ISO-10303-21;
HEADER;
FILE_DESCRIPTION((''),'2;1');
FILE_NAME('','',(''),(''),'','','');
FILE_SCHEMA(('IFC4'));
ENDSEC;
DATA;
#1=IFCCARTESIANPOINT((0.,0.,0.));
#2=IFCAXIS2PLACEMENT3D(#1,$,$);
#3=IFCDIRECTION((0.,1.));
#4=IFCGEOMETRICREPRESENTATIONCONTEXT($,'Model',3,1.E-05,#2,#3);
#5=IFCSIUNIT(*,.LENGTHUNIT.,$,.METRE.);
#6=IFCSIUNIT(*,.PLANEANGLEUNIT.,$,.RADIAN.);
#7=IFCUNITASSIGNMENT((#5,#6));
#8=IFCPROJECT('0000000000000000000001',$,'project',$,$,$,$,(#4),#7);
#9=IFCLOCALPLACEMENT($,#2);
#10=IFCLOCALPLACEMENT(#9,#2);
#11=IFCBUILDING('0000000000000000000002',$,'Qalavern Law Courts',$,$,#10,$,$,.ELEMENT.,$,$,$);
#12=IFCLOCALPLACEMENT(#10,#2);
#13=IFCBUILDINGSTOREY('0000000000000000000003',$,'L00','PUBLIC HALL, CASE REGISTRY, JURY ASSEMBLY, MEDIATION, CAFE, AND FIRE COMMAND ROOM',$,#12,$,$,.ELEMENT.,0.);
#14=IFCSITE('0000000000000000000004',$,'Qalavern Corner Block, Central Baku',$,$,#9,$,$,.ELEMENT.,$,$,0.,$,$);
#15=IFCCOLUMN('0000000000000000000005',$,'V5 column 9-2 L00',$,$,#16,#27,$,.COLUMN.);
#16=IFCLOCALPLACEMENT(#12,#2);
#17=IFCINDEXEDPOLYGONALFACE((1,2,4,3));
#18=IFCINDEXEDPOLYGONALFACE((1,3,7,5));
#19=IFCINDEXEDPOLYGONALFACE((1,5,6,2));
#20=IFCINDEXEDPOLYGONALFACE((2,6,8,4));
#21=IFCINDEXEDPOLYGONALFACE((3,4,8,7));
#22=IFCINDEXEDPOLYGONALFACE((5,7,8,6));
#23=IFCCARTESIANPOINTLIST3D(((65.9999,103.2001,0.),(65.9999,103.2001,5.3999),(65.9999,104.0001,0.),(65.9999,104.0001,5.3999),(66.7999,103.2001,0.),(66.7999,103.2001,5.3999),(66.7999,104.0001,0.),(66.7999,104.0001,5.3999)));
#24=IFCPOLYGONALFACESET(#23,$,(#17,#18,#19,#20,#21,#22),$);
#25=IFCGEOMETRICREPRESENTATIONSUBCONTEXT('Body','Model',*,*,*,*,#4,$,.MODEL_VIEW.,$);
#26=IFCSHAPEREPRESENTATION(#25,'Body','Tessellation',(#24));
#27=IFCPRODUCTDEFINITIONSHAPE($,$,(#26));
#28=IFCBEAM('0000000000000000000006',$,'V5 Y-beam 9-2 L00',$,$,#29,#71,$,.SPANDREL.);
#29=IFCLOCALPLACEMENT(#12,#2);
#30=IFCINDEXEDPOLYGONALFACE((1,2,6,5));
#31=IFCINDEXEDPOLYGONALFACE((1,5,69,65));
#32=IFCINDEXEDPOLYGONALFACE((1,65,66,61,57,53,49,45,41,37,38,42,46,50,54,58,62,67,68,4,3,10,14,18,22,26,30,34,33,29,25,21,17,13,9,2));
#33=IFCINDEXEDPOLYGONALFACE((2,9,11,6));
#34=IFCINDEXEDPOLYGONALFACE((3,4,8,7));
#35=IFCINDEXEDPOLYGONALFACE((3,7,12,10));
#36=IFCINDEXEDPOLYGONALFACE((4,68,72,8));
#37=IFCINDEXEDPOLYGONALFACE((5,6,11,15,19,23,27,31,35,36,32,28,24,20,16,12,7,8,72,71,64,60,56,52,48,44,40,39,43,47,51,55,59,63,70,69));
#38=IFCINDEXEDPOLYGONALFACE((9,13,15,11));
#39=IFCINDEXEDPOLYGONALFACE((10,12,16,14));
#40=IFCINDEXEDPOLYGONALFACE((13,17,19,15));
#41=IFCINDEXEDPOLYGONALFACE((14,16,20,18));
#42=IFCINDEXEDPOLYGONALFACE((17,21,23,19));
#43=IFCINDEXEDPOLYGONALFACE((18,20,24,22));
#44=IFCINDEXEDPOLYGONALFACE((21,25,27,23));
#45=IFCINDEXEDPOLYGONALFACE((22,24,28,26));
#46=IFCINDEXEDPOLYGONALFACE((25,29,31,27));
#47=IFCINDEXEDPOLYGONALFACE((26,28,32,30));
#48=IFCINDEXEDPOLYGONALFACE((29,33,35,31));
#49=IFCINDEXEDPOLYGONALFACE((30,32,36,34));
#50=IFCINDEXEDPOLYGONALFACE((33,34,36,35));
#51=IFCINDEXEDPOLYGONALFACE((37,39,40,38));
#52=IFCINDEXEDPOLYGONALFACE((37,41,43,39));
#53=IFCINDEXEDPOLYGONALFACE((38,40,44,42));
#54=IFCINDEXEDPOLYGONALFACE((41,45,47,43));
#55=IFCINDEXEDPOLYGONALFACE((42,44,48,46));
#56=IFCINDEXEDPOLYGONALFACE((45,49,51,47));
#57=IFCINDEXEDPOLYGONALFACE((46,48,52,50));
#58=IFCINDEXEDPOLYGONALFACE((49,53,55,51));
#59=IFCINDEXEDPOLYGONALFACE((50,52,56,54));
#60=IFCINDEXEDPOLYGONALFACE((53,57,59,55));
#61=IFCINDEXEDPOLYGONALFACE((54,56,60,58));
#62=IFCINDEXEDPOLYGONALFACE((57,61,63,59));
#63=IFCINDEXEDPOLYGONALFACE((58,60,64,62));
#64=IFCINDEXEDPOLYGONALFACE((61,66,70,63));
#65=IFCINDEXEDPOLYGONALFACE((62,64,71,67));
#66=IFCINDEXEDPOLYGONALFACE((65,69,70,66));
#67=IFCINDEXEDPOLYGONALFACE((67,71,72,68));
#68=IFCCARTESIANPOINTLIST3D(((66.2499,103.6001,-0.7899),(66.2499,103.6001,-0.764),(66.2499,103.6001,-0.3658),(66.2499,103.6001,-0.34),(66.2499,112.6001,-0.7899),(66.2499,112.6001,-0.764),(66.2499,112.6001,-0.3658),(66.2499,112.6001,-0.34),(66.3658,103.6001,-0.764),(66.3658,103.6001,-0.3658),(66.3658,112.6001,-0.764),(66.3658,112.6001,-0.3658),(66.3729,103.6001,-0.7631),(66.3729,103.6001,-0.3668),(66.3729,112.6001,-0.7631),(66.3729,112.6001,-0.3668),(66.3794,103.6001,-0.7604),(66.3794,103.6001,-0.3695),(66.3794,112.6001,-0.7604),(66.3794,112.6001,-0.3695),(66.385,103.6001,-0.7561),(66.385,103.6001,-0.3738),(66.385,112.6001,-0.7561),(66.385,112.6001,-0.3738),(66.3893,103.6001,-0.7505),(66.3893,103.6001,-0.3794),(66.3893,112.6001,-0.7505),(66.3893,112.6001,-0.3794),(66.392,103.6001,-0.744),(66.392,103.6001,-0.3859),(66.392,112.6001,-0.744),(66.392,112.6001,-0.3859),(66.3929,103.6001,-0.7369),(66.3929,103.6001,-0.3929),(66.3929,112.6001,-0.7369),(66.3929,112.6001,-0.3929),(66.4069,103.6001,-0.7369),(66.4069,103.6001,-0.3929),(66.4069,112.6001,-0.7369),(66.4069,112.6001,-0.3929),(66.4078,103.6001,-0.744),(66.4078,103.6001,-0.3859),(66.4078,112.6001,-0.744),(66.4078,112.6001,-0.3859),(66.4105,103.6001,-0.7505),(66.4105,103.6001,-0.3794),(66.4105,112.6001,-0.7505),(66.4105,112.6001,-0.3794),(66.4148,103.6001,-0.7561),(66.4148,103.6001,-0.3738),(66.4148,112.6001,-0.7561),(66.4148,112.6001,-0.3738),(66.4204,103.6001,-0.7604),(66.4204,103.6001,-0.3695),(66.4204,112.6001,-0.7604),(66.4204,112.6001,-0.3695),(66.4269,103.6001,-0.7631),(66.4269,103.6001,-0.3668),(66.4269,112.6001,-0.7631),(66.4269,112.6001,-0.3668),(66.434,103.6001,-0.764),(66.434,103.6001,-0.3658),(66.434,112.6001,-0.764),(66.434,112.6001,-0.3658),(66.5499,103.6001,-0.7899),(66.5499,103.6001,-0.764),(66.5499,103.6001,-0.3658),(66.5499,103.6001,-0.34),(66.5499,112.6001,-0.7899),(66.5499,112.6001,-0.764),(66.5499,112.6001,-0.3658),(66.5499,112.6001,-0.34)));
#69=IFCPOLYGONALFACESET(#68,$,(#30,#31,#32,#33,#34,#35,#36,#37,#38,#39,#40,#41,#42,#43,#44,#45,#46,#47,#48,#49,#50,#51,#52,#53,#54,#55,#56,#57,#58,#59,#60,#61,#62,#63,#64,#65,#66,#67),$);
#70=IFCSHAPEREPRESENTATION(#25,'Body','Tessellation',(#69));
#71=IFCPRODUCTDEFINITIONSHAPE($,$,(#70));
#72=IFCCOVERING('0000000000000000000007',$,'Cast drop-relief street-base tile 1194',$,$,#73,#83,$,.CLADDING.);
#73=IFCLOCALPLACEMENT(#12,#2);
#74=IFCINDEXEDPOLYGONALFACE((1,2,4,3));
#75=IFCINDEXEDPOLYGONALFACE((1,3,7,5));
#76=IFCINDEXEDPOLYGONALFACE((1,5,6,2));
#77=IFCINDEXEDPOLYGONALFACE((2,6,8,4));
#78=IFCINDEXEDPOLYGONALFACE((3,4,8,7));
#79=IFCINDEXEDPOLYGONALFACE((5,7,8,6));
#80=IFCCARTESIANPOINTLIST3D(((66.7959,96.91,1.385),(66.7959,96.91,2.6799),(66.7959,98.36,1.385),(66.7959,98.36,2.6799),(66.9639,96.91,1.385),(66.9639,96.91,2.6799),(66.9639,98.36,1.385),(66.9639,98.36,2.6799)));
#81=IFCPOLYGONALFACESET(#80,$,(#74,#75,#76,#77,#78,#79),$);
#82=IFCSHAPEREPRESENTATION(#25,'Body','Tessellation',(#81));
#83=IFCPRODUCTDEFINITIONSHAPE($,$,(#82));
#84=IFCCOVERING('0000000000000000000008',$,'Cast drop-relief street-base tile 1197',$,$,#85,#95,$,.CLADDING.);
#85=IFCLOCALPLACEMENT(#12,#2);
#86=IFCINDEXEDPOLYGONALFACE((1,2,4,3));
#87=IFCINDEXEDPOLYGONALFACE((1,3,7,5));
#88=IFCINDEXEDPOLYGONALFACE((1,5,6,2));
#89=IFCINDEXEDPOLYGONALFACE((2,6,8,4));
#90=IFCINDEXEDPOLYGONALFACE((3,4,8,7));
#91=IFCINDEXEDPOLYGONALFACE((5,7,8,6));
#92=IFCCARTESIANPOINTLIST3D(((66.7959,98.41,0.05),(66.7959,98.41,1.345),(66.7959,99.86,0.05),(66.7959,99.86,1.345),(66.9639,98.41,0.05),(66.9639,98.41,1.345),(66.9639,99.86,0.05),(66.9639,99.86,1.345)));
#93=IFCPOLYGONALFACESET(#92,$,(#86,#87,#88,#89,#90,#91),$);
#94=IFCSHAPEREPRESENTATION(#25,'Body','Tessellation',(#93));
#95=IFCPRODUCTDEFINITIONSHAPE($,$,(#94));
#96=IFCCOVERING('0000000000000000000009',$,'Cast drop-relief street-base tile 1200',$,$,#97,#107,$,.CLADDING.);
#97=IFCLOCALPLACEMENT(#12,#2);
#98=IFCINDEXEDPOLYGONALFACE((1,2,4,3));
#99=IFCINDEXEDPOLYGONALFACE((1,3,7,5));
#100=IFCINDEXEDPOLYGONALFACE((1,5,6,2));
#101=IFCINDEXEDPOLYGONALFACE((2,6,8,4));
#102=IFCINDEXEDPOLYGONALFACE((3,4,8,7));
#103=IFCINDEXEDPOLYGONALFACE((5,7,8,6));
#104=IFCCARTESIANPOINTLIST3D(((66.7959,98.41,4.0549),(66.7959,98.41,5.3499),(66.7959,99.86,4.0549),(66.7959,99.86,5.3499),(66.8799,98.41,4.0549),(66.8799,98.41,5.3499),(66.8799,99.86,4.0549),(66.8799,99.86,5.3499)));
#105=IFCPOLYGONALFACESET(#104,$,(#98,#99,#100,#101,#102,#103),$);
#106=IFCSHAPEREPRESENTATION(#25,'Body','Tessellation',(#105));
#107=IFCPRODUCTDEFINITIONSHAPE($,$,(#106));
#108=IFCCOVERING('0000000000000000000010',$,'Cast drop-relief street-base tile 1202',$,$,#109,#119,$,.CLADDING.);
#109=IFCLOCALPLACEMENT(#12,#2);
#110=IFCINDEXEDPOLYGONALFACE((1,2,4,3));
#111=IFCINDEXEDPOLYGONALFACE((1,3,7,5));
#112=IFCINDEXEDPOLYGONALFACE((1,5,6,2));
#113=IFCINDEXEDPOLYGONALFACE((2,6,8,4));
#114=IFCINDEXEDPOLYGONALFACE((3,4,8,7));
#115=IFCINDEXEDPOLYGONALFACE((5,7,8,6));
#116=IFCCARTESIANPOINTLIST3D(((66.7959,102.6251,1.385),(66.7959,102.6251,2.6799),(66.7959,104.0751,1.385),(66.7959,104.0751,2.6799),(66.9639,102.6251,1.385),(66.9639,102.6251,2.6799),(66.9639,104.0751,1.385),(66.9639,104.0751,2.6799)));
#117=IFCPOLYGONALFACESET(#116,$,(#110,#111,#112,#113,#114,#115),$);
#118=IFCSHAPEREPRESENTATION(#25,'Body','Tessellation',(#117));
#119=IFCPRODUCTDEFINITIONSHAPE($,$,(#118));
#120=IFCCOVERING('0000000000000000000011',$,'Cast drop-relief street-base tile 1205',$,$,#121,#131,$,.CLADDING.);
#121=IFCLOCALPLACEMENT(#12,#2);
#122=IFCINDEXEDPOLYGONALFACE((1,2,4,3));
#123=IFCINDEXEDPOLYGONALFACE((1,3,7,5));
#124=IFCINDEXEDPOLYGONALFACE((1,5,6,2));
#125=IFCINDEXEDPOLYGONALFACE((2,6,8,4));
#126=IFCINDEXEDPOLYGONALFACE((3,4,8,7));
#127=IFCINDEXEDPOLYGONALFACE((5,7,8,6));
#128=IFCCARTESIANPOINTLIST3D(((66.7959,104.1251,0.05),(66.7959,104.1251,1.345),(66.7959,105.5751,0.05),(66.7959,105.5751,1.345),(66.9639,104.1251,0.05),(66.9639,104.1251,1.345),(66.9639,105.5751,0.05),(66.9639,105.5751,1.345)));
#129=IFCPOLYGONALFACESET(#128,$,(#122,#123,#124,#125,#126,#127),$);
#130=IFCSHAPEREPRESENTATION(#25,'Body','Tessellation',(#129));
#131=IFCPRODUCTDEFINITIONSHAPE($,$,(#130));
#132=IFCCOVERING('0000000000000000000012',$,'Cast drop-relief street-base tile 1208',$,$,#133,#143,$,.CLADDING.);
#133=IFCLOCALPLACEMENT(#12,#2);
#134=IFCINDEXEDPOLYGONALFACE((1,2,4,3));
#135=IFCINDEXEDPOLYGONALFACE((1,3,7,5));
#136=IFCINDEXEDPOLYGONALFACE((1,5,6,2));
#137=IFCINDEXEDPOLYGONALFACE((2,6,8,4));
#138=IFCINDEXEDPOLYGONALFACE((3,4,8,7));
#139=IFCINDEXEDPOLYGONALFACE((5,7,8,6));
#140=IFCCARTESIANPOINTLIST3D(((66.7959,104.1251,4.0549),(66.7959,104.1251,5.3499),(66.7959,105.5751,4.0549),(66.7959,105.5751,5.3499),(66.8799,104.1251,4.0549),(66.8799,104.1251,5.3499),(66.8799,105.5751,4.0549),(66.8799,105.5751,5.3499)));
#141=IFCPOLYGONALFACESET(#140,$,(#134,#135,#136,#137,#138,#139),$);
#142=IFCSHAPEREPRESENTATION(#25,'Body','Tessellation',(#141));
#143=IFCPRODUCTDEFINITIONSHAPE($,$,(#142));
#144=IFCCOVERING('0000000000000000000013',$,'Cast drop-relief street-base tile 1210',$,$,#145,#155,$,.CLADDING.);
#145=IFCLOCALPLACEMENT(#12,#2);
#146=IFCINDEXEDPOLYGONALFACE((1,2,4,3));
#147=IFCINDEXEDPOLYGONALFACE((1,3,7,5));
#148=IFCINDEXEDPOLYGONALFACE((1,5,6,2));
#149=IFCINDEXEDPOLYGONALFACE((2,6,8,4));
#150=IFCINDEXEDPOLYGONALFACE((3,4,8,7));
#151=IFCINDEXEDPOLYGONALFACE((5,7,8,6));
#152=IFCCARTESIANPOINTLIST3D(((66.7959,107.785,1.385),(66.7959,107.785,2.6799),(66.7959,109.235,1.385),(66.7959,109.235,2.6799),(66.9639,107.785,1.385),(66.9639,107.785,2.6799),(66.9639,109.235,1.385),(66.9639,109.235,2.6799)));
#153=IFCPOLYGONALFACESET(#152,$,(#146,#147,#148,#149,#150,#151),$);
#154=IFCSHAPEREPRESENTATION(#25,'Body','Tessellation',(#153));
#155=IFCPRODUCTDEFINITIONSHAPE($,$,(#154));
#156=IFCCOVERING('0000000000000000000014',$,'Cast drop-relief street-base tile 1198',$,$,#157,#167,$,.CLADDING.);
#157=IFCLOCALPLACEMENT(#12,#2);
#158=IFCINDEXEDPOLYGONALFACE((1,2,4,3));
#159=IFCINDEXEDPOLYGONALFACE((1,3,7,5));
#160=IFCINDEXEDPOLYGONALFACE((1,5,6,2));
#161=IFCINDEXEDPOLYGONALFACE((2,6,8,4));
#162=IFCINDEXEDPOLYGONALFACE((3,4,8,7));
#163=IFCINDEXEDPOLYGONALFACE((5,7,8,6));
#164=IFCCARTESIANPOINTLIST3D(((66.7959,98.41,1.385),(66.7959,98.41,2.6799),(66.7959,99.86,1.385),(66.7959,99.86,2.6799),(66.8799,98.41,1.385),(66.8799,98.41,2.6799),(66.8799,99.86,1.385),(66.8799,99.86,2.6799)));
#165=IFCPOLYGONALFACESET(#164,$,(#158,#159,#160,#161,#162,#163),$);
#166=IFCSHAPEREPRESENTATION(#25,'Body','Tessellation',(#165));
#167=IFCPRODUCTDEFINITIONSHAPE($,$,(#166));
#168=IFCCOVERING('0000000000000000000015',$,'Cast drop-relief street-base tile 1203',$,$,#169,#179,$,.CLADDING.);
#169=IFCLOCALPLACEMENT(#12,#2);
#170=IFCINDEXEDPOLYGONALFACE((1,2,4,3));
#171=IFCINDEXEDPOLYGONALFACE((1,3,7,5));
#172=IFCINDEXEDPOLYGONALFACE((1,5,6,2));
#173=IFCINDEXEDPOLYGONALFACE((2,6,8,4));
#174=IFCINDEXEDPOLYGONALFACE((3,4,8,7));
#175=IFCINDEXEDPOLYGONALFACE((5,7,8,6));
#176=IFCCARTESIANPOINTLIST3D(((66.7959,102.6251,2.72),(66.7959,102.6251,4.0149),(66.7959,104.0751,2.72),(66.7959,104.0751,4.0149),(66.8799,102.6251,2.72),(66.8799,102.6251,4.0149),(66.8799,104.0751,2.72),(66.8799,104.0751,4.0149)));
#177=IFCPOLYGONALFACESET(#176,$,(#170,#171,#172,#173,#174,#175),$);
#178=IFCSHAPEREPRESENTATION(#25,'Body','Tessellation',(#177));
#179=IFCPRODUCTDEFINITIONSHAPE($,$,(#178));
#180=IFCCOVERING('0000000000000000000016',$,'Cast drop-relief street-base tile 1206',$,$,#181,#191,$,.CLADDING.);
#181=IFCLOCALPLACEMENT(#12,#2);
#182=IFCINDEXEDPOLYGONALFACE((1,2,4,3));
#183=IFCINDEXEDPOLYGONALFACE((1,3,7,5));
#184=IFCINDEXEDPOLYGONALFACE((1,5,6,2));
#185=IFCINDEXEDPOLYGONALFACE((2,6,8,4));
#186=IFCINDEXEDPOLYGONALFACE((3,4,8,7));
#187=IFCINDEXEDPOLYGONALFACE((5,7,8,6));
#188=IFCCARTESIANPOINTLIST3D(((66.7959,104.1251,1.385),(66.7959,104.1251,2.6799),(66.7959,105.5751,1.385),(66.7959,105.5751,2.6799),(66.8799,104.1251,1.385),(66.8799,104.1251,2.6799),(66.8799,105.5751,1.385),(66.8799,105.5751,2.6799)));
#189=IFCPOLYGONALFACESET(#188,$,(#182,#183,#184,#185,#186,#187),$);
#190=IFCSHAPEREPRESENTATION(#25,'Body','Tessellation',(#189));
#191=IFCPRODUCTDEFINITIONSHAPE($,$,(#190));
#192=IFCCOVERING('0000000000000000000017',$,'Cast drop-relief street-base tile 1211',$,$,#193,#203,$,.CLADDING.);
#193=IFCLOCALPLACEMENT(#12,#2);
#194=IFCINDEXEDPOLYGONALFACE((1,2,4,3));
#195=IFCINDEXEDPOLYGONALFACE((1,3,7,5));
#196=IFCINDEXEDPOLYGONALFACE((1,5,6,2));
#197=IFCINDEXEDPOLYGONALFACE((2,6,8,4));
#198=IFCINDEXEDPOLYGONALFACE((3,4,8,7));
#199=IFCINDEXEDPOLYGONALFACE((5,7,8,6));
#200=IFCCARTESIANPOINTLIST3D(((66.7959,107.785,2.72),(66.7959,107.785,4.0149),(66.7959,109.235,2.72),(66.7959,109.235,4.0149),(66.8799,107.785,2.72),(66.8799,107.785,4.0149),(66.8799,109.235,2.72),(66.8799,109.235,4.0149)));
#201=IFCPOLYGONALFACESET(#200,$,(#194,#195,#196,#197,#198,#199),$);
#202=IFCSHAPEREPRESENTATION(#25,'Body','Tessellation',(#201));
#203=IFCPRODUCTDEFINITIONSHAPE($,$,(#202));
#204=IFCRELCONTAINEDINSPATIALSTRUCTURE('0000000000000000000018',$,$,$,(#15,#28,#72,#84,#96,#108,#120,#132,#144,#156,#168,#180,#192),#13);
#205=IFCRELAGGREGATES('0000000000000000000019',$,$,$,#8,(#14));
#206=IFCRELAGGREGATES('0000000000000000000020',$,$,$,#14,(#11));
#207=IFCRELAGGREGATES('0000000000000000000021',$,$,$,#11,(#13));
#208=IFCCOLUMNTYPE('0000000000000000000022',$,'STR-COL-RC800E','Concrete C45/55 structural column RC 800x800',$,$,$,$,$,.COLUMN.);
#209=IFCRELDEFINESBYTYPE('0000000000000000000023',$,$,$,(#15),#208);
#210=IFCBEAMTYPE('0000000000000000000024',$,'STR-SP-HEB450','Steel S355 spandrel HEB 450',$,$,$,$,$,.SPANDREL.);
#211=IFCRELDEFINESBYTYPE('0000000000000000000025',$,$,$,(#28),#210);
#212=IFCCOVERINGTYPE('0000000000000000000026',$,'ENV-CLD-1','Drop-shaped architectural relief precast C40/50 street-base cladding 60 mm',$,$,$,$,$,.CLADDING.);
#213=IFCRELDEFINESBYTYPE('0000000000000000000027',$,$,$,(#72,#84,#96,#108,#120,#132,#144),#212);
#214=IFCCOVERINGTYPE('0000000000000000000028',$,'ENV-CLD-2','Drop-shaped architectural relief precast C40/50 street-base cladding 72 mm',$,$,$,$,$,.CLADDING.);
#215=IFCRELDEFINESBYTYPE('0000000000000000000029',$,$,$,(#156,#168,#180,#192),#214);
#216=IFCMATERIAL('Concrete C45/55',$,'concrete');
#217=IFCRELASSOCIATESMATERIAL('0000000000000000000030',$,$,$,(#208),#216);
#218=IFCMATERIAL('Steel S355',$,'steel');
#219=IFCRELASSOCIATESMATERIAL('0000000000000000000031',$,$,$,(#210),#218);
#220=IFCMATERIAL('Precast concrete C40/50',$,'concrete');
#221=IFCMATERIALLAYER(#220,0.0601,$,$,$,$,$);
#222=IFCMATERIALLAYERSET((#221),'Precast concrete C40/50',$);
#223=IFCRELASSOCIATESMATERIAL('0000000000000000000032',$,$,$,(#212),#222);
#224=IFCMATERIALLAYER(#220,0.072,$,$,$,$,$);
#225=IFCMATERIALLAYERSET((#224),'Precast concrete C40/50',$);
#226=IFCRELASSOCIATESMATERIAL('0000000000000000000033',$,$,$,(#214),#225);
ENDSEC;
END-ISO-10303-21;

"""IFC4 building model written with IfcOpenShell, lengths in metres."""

from ifc_helpers import new_model, si_unit, direction, frame, origin, origin_2d, place, context, subcontext, project, spatial, rectangle, i_section, extrude, material, layer, layer_set, material_profile, profile_set, type_object, element, save


model = new_model("IFC4")

# Units and contexts
model_context = context("Model", 3, precision=1e-05, world=origin(), true_north=direction((0.0, 1.0)))
body_context = subcontext(model_context, "Body", "Model", "MODEL_VIEW")
ifc_project = project(units=[si_unit("LENGTHUNIT", "METRE"), si_unit("PLANEANGLEUNIT", "RADIAN")], contexts=[model_context])

# Site, building, storey
site_placement = place(None, origin())
site = spatial("IfcSite", under=ifc_project, at=site_placement, Name="Qalavern Corner Block, Central Baku", CompositionType="ELEMENT", RefElevation=0.0)
building_placement = place(site_placement, origin())
building = spatial("IfcBuilding", under=site, at=building_placement, Name="Qalavern Law Courts", CompositionType="ELEMENT")
storey_placement = place(building_placement, origin())
storey = spatial("IfcBuildingStorey", under=building, at=storey_placement, Name="L00", Description="PUBLIC HALL, CASE REGISTRY, JURY ASSEMBLY, MEDIATION, CAFE, AND FIRE COMMAND ROOM", CompositionType="ELEMENT", Elevation=0.0)

# Column
ifc_material_1 = material(Name="Concrete C45/55", Category="concrete")
ifc_material_profile_1 = material_profile(ifc_material_1, rectangle(XDim=0.8, YDim=0.8, at=origin_2d()), Name="RC 800x800")
ifc_profile_set_1 = profile_set([ifc_material_profile_1], Name="Concrete C45/55")
column_type = type_object("IfcColumnType", Name="STR-COL-RC800E", Description="Concrete C45/55 structural column RC 800x800", PredefinedType="COLUMN", material=ifc_profile_set_1)
column_placement = place(storey_placement, frame((66.3999, 103.6001, 0.0), z_axis=(0.0, 0.0, 1.0), x_axis=(1.0, 0.0, 0.0)))
element("IfcColumn", 1, at=column_placement, inside=storey, type_object=column_type, Name="V5 column 9-2 L00", PredefinedType="COLUMN", context=body_context, shape_type="SweptSolid", body=[
    extrude(rectangle(XDim=0.8, YDim=0.8, at=origin_2d()), origin(), (0.0, 0.0, 1.0), 5.3999),
])

# Beam
ifc_material_2 = material(Name="Steel S355", Category="steel")
ifc_material_profile_2 = material_profile(ifc_material_2, i_section(OverallWidth=0.3, OverallDepth=0.45, WebThickness=0.0139, FlangeThickness=0.0259, FilletRadius=0.0271, at=origin_2d()), Name="HEB 450")
ifc_profile_set_2 = profile_set([ifc_material_profile_2], Name="Steel S355")
beam_type = type_object("IfcBeamType", Name="STR-SP-HEB450", Description="Steel S355 spandrel HEB 450", PredefinedType="SPANDREL", material=ifc_profile_set_2)
beam_placement = place(storey_placement, frame((66.3999, 103.6001, -0.5649), z_axis=(0.0, 1.0, 0.0), x_axis=(-1.0, 0.0, 0.0)))
element("IfcBeam", 2, at=beam_placement, inside=storey, type_object=beam_type, Name="V5 Y-beam 9-2 L00", PredefinedType="SPANDREL", context=body_context, shape_type="SweptSolid", body=[
    extrude(i_section(OverallWidth=0.3, OverallDepth=0.45, WebThickness=0.0139, FlangeThickness=0.0259, FilletRadius=0.0271, at=origin_2d()), origin(), (0.0, 0.0, 1.0), 9.0),
])

# Coverings
ifc_material_3 = material(Name="Precast concrete C40/50", Category="concrete")
ifc_layer_1 = layer(ifc_material_3, 0.0601)
ifc_layer_set_1 = layer_set([ifc_layer_1], Name="Precast concrete C40/50")
covering_type_1 = type_object("IfcCoveringType", Name="ENV-CLD-1", Description="Drop-shaped architectural relief precast C40/50 street-base cladding 60 mm", PredefinedType="CLADDING", material=ifc_layer_set_1)
for number, where, z_axis, x_axis, name in (
    (3, (66.8799, 97.635, 1.385), (0.0, 0.0, 1.0), (0.0, 1.0, 0.0), "Cast drop-relief street-base tile 1194"),
    (4, (66.8799, 99.135, 0.05), (0.0, 0.0, 1.0), (0.0, 1.0, 0.0), "Cast drop-relief street-base tile 1197"),
):
    element("IfcCovering", number, at=place(storey_placement, frame(where, z_axis=z_axis, x_axis=x_axis)), inside=storey, type_object=covering_type_1, Name=name, PredefinedType="CLADDING", context=body_context, shape_type="SweptSolid", body=[
        extrude(rectangle(XDim=1.45, YDim=0.168, at=origin_2d()), origin(), (0.0, 0.0, 1.0), 1.2949),
    ])
covering_1_placement = place(storey_placement, frame((66.8379, 99.135, 4.0549), z_axis=(0.0, 0.0, 1.0), x_axis=(0.0, 1.0, 0.0)))
element("IfcCovering", 5, at=covering_1_placement, inside=storey, type_object=covering_type_1, Name="Cast drop-relief street-base tile 1200", PredefinedType="CLADDING", context=body_context, shape_type="SweptSolid", body=[
    extrude(rectangle(XDim=1.45, YDim=0.084, at=origin_2d()), origin(), (0.0, 0.0, 1.0), 1.2949),
])
for number, where, z_axis, x_axis, name in (
    (6, (66.8799, 103.3501, 1.385), (0.0, 0.0, 1.0), (0.0, 1.0, 0.0), "Cast drop-relief street-base tile 1202"),
    (7, (66.8799, 104.8501, 0.05), (0.0, 0.0, 1.0), (0.0, 1.0, 0.0), "Cast drop-relief street-base tile 1205"),
):
    element("IfcCovering", number, at=place(storey_placement, frame(where, z_axis=z_axis, x_axis=x_axis)), inside=storey, type_object=covering_type_1, Name=name, PredefinedType="CLADDING", context=body_context, shape_type="SweptSolid", body=[
        extrude(rectangle(XDim=1.45, YDim=0.168, at=origin_2d()), origin(), (0.0, 0.0, 1.0), 1.2949),
    ])
covering_2_placement = place(storey_placement, frame((66.8379, 104.8501, 4.0549), z_axis=(0.0, 0.0, 1.0), x_axis=(0.0, 1.0, 0.0)))
element("IfcCovering", 8, at=covering_2_placement, inside=storey, type_object=covering_type_1, Name="Cast drop-relief street-base tile 1208", PredefinedType="CLADDING", context=body_context, shape_type="SweptSolid", body=[
    extrude(rectangle(XDim=1.45, YDim=0.084, at=origin_2d()), origin(), (0.0, 0.0, 1.0), 1.2949),
])
covering_3_placement = place(storey_placement, frame((66.8799, 108.51, 1.385), z_axis=(0.0, 0.0, 1.0), x_axis=(0.0, 1.0, 0.0)))
element("IfcCovering", 9, at=covering_3_placement, inside=storey, type_object=covering_type_1, Name="Cast drop-relief street-base tile 1210", PredefinedType="CLADDING", context=body_context, shape_type="SweptSolid", body=[
    extrude(rectangle(XDim=1.45, YDim=0.168, at=origin_2d()), origin(), (0.0, 0.0, 1.0), 1.2949),
])
ifc_layer_2 = layer(ifc_material_3, 0.072)
ifc_layer_set_2 = layer_set([ifc_layer_2], Name="Precast concrete C40/50")
covering_type_2 = type_object("IfcCoveringType", Name="ENV-CLD-2", Description="Drop-shaped architectural relief precast C40/50 street-base cladding 72 mm", PredefinedType="CLADDING", material=ifc_layer_set_2)
for number, where, z_axis, x_axis, name in (
    (10, (66.8379, 99.135, 1.385), (0.0, 0.0, 1.0), (0.0, 1.0, 0.0), "Cast drop-relief street-base tile 1198"),
    (11, (66.8379, 103.3501, 2.72), (0.0, 0.0, 1.0), (0.0, 1.0, 0.0), "Cast drop-relief street-base tile 1203"),
    (12, (66.8379, 104.8501, 1.385), (0.0, 0.0, 1.0), (0.0, 1.0, 0.0), "Cast drop-relief street-base tile 1206"),
    (13, (66.8379, 108.51, 2.72), (0.0, 0.0, 1.0), (0.0, 1.0, 0.0), "Cast drop-relief street-base tile 1211"),
):
    element("IfcCovering", number, at=place(storey_placement, frame(where, z_axis=z_axis, x_axis=x_axis)), inside=storey, type_object=covering_type_2, Name=name, PredefinedType="CLADDING", context=body_context, shape_type="SweptSolid", body=[
        extrude(rectangle(XDim=1.45, YDim=0.084, at=origin_2d()), origin(), (0.0, 0.0, 1.0), 1.2949),
    ])

save(model, "model.ifc")
